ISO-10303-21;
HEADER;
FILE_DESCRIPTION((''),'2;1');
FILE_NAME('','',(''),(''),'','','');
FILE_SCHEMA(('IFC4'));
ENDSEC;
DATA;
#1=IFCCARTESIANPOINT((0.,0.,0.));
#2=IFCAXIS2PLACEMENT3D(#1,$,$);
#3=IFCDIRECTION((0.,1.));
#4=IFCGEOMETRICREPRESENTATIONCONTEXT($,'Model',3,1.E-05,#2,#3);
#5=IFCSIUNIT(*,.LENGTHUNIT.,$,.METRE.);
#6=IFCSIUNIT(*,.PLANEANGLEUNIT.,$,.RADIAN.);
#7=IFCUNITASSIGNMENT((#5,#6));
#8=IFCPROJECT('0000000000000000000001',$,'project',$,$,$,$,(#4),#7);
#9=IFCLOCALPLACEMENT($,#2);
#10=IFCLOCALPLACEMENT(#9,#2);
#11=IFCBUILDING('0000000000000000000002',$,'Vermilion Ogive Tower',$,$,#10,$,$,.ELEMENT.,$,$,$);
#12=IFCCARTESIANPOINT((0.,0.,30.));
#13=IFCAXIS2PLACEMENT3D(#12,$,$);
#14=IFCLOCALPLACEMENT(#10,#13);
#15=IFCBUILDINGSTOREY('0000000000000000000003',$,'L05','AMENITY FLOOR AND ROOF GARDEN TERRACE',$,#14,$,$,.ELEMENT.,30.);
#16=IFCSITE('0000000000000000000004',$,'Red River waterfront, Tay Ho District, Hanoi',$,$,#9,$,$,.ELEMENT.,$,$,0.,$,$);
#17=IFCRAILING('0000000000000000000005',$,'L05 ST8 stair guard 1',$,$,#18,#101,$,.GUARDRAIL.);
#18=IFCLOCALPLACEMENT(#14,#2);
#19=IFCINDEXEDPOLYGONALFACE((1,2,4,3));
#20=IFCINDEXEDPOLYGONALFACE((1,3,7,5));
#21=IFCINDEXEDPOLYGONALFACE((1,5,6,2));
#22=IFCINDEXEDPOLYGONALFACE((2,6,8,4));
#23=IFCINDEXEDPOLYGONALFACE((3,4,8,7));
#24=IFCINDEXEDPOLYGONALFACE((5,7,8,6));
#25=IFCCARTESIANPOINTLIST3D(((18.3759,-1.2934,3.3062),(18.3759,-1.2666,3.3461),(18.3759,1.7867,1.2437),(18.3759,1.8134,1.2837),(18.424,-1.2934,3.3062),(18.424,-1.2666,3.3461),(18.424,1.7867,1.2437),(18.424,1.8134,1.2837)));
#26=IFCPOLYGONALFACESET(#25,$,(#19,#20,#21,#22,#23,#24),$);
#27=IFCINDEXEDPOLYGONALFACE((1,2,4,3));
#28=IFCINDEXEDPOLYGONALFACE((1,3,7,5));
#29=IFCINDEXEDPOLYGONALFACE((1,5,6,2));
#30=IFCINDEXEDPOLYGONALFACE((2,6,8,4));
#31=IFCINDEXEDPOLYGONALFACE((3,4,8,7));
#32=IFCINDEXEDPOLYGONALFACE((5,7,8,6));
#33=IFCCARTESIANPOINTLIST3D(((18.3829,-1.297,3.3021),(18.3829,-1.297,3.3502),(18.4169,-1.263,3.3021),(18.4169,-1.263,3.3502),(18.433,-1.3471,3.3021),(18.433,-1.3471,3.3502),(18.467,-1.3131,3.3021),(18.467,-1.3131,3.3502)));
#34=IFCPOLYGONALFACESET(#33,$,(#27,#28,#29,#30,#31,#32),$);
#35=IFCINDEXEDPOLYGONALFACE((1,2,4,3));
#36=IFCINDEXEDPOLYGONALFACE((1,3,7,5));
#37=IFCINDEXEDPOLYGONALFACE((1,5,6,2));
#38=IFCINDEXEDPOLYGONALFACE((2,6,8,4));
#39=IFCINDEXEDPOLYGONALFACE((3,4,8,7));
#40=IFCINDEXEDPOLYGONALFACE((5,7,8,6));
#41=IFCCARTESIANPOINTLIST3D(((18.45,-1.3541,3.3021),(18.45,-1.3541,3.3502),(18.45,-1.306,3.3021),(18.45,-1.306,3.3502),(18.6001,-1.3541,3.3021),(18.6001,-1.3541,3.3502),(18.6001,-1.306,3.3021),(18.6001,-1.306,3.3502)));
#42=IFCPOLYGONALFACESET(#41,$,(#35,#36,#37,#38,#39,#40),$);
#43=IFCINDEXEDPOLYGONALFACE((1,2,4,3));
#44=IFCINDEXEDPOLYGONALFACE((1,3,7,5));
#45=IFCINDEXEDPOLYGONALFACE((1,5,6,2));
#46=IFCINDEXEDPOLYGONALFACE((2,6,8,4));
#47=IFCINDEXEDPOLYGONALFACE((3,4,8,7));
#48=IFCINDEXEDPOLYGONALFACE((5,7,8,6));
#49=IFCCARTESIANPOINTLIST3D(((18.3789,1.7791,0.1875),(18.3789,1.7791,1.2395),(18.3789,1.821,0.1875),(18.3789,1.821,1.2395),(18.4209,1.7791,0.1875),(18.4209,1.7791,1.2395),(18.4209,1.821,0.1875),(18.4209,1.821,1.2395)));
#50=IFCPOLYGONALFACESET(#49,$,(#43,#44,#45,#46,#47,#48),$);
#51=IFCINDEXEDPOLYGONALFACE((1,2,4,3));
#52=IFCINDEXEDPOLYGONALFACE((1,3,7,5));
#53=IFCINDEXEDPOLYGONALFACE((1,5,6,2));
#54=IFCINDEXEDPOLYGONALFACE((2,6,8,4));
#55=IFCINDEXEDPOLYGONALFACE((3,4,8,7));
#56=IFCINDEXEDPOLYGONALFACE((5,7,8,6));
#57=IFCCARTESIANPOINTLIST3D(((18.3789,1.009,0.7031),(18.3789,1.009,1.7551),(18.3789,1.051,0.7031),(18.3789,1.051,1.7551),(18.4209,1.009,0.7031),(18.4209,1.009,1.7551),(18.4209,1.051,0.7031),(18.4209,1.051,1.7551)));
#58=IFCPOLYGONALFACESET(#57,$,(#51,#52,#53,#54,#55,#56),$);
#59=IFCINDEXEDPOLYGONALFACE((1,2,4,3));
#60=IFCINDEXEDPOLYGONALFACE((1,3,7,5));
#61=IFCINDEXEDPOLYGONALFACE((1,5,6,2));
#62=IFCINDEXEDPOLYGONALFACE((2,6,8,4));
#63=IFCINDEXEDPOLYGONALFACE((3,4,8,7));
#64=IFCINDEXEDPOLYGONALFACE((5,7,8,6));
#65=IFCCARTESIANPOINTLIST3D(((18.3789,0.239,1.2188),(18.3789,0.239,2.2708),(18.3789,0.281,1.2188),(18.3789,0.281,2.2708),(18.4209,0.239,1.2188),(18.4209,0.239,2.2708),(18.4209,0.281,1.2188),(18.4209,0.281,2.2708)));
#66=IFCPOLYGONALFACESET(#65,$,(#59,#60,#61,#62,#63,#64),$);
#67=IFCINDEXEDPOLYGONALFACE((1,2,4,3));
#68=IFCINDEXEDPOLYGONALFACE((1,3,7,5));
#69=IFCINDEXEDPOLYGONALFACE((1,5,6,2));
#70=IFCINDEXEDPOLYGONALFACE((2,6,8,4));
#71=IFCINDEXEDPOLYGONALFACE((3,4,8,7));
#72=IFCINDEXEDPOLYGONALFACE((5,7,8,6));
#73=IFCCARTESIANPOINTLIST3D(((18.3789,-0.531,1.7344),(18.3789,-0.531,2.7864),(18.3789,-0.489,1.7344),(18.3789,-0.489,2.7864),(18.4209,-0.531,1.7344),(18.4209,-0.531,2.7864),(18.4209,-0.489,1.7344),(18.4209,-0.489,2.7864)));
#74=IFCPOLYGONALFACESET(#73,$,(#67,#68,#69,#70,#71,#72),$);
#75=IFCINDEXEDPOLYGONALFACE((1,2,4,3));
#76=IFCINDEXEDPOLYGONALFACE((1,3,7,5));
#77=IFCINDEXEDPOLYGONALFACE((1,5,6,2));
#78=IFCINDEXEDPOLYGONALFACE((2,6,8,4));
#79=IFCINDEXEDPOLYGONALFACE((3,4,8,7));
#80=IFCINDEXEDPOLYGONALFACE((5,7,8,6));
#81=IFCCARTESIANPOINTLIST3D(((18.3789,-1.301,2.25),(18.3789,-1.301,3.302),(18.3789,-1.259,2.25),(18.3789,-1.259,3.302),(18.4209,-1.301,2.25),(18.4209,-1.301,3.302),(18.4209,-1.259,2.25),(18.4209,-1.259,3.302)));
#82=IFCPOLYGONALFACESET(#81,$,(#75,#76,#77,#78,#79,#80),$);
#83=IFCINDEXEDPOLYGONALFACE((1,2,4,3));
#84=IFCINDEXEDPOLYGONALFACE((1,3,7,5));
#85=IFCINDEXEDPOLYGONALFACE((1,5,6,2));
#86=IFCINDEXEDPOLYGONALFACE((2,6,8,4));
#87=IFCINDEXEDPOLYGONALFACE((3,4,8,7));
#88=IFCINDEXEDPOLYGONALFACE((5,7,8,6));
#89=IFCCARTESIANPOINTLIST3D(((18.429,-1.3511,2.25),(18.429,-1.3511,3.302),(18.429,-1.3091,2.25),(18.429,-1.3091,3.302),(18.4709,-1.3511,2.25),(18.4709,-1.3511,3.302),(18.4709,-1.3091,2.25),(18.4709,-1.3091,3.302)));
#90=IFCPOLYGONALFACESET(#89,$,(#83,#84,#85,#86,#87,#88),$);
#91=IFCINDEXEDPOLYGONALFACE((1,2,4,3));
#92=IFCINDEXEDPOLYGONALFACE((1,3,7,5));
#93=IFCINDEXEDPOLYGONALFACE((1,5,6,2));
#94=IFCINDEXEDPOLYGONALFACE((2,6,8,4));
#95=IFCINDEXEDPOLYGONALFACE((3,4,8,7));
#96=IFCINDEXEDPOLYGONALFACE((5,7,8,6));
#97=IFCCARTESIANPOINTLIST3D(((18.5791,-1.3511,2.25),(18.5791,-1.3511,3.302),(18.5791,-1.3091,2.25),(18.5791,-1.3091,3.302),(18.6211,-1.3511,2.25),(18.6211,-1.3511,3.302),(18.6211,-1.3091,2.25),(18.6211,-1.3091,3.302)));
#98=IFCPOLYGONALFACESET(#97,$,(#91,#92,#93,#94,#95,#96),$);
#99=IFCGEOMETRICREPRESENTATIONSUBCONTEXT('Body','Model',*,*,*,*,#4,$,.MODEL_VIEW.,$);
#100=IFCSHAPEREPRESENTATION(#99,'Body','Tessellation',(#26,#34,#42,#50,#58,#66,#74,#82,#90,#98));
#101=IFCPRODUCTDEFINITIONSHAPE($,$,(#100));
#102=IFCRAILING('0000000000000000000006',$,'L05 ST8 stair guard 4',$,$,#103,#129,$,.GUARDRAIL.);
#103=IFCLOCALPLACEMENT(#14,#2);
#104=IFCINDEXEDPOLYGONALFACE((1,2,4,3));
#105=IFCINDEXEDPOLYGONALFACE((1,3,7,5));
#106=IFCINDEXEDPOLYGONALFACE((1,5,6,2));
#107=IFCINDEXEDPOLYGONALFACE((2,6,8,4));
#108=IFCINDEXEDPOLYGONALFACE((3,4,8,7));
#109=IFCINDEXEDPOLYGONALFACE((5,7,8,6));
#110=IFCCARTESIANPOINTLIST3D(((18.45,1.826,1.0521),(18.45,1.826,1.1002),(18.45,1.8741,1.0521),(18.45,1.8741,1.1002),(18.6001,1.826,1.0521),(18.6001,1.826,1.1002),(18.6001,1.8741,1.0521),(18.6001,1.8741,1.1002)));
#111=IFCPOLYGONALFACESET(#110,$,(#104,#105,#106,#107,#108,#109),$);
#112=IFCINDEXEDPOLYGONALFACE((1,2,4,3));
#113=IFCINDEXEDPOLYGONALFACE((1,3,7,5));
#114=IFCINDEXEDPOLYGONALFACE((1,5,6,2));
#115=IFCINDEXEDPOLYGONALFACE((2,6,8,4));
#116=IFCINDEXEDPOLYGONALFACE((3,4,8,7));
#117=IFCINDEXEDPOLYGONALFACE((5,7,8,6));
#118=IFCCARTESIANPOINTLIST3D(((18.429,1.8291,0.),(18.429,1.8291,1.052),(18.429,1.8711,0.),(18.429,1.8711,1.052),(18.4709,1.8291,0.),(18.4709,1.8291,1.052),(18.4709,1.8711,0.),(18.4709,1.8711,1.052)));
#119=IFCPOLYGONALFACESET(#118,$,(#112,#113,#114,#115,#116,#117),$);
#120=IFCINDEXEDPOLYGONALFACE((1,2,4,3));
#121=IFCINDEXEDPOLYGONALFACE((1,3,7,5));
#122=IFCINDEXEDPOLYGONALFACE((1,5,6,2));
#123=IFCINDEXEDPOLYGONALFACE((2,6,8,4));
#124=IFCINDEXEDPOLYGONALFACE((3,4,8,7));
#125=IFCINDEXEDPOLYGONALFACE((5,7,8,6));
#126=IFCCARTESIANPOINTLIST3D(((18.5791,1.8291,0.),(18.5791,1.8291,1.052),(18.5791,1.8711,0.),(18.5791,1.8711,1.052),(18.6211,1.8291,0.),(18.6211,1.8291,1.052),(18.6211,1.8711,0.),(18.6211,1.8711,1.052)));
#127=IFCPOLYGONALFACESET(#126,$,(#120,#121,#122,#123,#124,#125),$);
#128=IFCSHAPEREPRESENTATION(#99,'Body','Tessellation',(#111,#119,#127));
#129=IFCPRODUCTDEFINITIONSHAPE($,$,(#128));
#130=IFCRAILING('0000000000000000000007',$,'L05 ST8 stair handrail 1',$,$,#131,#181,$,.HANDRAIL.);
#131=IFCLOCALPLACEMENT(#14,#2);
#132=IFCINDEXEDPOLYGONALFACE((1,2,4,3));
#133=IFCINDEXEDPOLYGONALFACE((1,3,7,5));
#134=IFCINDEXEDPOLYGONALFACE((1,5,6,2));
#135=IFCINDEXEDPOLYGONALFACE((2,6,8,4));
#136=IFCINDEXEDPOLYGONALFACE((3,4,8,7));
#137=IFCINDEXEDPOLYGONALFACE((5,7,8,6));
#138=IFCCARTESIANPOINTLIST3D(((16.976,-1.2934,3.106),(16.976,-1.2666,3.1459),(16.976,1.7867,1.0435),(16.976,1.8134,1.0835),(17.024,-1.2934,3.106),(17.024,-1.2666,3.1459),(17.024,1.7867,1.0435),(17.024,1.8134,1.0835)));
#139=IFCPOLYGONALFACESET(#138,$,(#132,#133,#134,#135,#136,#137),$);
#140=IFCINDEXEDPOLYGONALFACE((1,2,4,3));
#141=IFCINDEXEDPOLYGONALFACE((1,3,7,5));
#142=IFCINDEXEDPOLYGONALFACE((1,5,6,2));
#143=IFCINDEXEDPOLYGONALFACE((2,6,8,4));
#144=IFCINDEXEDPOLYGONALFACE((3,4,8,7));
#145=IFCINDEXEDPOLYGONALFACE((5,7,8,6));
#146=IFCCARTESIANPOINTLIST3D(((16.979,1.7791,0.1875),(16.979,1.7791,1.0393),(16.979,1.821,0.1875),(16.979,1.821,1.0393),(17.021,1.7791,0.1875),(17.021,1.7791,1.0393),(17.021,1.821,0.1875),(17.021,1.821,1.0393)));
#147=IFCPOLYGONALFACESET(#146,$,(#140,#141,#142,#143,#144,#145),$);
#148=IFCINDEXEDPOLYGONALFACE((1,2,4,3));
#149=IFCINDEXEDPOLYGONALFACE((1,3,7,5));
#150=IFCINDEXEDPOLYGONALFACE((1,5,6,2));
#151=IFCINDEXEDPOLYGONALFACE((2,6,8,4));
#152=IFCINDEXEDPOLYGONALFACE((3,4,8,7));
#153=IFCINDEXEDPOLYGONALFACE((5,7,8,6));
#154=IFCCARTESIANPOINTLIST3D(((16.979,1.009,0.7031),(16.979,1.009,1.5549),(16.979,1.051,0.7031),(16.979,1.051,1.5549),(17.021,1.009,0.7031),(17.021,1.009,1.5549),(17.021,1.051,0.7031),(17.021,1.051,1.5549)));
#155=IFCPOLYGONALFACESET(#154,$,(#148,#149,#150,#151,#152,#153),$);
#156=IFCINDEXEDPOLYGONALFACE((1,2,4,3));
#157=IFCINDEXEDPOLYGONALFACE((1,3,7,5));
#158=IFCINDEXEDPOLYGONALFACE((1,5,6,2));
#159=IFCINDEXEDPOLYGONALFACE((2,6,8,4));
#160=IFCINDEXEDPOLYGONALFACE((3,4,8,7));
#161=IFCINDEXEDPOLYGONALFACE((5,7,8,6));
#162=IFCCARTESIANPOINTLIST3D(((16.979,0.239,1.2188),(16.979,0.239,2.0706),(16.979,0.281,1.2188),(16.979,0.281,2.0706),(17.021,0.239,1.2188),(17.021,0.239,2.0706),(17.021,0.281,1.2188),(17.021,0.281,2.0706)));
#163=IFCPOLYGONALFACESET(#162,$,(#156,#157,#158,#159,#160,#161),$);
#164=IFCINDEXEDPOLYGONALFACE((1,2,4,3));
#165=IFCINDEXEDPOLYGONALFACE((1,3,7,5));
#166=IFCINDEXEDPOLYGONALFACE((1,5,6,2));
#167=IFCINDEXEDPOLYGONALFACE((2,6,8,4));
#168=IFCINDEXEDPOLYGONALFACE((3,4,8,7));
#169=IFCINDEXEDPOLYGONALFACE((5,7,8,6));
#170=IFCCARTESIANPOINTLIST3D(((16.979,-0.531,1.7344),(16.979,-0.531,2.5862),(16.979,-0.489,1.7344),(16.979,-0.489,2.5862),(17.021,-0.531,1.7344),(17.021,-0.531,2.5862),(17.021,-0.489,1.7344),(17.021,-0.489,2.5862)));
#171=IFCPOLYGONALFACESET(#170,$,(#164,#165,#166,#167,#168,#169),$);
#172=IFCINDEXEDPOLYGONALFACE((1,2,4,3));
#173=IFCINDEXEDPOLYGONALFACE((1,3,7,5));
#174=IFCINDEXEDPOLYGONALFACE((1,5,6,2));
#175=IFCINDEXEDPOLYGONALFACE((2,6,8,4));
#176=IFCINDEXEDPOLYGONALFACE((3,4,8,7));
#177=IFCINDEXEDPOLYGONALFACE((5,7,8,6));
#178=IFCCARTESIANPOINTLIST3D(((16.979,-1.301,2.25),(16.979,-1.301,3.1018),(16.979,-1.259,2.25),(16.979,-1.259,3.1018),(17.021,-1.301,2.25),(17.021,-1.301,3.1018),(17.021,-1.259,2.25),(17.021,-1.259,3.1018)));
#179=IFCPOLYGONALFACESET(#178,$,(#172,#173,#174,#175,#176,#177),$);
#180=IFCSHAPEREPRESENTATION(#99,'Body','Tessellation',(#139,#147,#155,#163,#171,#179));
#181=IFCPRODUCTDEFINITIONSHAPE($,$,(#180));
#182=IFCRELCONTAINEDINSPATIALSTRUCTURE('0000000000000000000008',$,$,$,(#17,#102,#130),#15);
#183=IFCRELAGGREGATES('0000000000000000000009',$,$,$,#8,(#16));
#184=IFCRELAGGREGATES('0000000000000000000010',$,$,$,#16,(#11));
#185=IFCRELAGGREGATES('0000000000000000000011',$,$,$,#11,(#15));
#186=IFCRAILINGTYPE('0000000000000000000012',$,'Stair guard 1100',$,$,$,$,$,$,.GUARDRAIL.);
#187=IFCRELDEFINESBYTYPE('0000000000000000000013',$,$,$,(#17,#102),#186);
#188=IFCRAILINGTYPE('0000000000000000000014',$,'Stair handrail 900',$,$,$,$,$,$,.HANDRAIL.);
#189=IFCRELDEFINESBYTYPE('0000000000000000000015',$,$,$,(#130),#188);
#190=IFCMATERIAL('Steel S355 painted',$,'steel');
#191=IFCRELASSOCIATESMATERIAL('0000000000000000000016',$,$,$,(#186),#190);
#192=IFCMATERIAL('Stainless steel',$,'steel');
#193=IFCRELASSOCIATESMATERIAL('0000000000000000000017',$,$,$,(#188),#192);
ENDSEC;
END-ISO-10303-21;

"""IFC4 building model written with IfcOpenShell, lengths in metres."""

from ifc_helpers import new_model, si_unit, direction, frame, origin, origin_2d, place, context, subcontext, project, spatial, rectangle, extrude, material, type_object, element, save


model = new_model("IFC4")

# Units and contexts
model_context = context("Model", 3, precision=1e-05, world=origin(), true_north=direction((0.0, 1.0)))
body_context = subcontext(model_context, "Body", "Model", "MODEL_VIEW")
ifc_project = project(units=[si_unit("LENGTHUNIT", "METRE"), si_unit("PLANEANGLEUNIT", "RADIAN")], contexts=[model_context])

# Site, building, storey
site_placement = place(None, origin())
site = spatial("IfcSite", under=ifc_project, at=site_placement, Name="Red River waterfront, Tay Ho District, Hanoi", CompositionType="ELEMENT", RefElevation=0.0)
building_placement = place(site_placement, origin())
building = spatial("IfcBuilding", under=site, at=building_placement, Name="Vermilion Ogive Tower", CompositionType="ELEMENT")
storey_placement = place(building_placement, frame((0.0, 0.0, 30.0)))
storey = spatial("IfcBuildingStorey", under=building, at=storey_placement, Name="L05", Description="AMENITY FLOOR AND ROOF GARDEN TERRACE", CompositionType="ELEMENT", Elevation=30.0)

# Railings
ifc_material_1 = material(Name="Steel S355 painted", Category="steel")
railing_type_1 = type_object("IfcRailingType", Name="Stair guard 1100", PredefinedType="GUARDRAIL", material=ifc_material_1)
railing_1_placement = place(storey_placement, frame((18.3999, 1.8, 0.1875)))
element("IfcRailing", 1, at=railing_1_placement, inside=storey, type_object=railing_type_1, Name="L05 ST8 stair guard 1", PredefinedType="GUARDRAIL", context=body_context, shape_type="SweptSolid", body=[
    extrude(rectangle(XDim=0.0481, YDim=0.0481, at=origin_2d()), frame((0.0, 0.0, 1.0762), z_axis=(0.0, -0.830914, 0.556401), x_axis=(1.0, 0.0, 0.0)), (0.0, 0.0, 1.0), 3.7068),
    extrude(rectangle(XDim=0.0481, YDim=0.0481, at=origin_2d()), frame((0.0, -3.0801, 3.1387), z_axis=(0.707107, -0.707107, 0.0), x_axis=(0.707107, 0.707107, 0.0)), (0.0, 0.0, 1.0), 0.0708),
    extrude(rectangle(XDim=0.0481, YDim=0.0481, at=origin_2d()), frame((0.05, -3.1301, 3.1387), z_axis=(1.0, 0.0, 0.0), x_axis=(0.0, 1.0, 0.0)), (0.0, 0.0, 1.0), 0.1501),
    extrude(rectangle(XDim=0.042, YDim=0.042, at=origin_2d()), origin(), (0.0, 0.0, 1.0), 1.052),
    extrude(rectangle(XDim=0.042, YDim=0.042, at=origin_2d()), frame((0.0, -0.77, 0.5156)), (0.0, 0.0, 1.0), 1.052),
    extrude(rectangle(XDim=0.042, YDim=0.042, at=origin_2d()), frame((0.0, -1.54, 1.0312)), (0.0, 0.0, 1.0), 1.052),
    extrude(rectangle(XDim=0.042, YDim=0.042, at=origin_2d()), frame((0.0, -2.3101, 1.5469)), (0.0, 0.0, 1.0), 1.052),
    extrude(rectangle(XDim=0.042, YDim=0.042, at=origin_2d()), frame((0.0, -3.0801, 2.0625)), (0.0, 0.0, 1.0), 1.052),
    extrude(rectangle(XDim=0.042, YDim=0.042, at=origin_2d()), frame((0.05, -3.1301, 2.0625)), (0.0, 0.0, 1.0), 1.052),
    extrude(rectangle(XDim=0.042, YDim=0.042, at=origin_2d()), frame((0.2002, -3.1301, 2.0625)), (0.0, 0.0, 1.0), 1.052),
])
railing_2_placement = place(storey_placement, frame((18.45, 1.8501, 0.0)))
element("IfcRailing", 2, at=railing_2_placement, inside=storey, type_object=railing_type_1, Name="L05 ST8 stair guard 4", PredefinedType="GUARDRAIL", context=body_context, shape_type="SweptSolid", body=[
    extrude(rectangle(XDim=0.0481, YDim=0.0481, at=origin_2d()), frame((0.0, 0.0, 1.0762), z_axis=(1.0, 0.0, 0.0), x_axis=(0.0, 1.0, 0.0)), (0.0, 0.0, 1.0), 0.1501),
    extrude(rectangle(XDim=0.042, YDim=0.042, at=origin_2d()), origin(), (0.0, 0.0, 1.0), 1.052),
    extrude(rectangle(XDim=0.042, YDim=0.042, at=origin_2d()), frame((0.1501, 0.0, 0.0)), (0.0, 0.0, 1.0), 1.052),
])
ifc_material_2 = material(Name="Stainless steel", Category="steel")
railing_type_2 = type_object("IfcRailingType", Name="Stair handrail 900", PredefinedType="HANDRAIL", material=ifc_material_2)
railing_3_placement = place(storey_placement, frame((17.0, 1.8, 0.1875)))
element("IfcRailing", 3, at=railing_3_placement, inside=storey, type_object=railing_type_2, Name="L05 ST8 stair handrail 1", PredefinedType="HANDRAIL", context=body_context, shape_type="SweptSolid", body=[
    extrude(rectangle(XDim=0.0481, YDim=0.0481, at=origin_2d()), frame((0.0, 0.0, 0.876), z_axis=(0.0, -0.830914, 0.556401), x_axis=(1.0, 0.0, 0.0)), (0.0, 0.0, 1.0), 3.7068),
    extrude(rectangle(XDim=0.042, YDim=0.042, at=origin_2d()), origin(), (0.0, 0.0, 1.0), 0.8518),
    extrude(rectangle(XDim=0.042, YDim=0.042, at=origin_2d()), frame((0.0, -0.77, 0.5156)), (0.0, 0.0, 1.0), 0.8518),
    extrude(rectangle(XDim=0.042, YDim=0.042, at=origin_2d()), frame((0.0, -1.54, 1.0312)), (0.0, 0.0, 1.0), 0.8518),
    extrude(rectangle(XDim=0.042, YDim=0.042, at=origin_2d()), frame((0.0, -2.3101, 1.5469)), (0.0, 0.0, 1.0), 0.8518),
    extrude(rectangle(XDim=0.042, YDim=0.042, at=origin_2d()), frame((0.0, -3.0801, 2.0625)), (0.0, 0.0, 1.0), 0.8518),
])

save(model, "model.ifc")
